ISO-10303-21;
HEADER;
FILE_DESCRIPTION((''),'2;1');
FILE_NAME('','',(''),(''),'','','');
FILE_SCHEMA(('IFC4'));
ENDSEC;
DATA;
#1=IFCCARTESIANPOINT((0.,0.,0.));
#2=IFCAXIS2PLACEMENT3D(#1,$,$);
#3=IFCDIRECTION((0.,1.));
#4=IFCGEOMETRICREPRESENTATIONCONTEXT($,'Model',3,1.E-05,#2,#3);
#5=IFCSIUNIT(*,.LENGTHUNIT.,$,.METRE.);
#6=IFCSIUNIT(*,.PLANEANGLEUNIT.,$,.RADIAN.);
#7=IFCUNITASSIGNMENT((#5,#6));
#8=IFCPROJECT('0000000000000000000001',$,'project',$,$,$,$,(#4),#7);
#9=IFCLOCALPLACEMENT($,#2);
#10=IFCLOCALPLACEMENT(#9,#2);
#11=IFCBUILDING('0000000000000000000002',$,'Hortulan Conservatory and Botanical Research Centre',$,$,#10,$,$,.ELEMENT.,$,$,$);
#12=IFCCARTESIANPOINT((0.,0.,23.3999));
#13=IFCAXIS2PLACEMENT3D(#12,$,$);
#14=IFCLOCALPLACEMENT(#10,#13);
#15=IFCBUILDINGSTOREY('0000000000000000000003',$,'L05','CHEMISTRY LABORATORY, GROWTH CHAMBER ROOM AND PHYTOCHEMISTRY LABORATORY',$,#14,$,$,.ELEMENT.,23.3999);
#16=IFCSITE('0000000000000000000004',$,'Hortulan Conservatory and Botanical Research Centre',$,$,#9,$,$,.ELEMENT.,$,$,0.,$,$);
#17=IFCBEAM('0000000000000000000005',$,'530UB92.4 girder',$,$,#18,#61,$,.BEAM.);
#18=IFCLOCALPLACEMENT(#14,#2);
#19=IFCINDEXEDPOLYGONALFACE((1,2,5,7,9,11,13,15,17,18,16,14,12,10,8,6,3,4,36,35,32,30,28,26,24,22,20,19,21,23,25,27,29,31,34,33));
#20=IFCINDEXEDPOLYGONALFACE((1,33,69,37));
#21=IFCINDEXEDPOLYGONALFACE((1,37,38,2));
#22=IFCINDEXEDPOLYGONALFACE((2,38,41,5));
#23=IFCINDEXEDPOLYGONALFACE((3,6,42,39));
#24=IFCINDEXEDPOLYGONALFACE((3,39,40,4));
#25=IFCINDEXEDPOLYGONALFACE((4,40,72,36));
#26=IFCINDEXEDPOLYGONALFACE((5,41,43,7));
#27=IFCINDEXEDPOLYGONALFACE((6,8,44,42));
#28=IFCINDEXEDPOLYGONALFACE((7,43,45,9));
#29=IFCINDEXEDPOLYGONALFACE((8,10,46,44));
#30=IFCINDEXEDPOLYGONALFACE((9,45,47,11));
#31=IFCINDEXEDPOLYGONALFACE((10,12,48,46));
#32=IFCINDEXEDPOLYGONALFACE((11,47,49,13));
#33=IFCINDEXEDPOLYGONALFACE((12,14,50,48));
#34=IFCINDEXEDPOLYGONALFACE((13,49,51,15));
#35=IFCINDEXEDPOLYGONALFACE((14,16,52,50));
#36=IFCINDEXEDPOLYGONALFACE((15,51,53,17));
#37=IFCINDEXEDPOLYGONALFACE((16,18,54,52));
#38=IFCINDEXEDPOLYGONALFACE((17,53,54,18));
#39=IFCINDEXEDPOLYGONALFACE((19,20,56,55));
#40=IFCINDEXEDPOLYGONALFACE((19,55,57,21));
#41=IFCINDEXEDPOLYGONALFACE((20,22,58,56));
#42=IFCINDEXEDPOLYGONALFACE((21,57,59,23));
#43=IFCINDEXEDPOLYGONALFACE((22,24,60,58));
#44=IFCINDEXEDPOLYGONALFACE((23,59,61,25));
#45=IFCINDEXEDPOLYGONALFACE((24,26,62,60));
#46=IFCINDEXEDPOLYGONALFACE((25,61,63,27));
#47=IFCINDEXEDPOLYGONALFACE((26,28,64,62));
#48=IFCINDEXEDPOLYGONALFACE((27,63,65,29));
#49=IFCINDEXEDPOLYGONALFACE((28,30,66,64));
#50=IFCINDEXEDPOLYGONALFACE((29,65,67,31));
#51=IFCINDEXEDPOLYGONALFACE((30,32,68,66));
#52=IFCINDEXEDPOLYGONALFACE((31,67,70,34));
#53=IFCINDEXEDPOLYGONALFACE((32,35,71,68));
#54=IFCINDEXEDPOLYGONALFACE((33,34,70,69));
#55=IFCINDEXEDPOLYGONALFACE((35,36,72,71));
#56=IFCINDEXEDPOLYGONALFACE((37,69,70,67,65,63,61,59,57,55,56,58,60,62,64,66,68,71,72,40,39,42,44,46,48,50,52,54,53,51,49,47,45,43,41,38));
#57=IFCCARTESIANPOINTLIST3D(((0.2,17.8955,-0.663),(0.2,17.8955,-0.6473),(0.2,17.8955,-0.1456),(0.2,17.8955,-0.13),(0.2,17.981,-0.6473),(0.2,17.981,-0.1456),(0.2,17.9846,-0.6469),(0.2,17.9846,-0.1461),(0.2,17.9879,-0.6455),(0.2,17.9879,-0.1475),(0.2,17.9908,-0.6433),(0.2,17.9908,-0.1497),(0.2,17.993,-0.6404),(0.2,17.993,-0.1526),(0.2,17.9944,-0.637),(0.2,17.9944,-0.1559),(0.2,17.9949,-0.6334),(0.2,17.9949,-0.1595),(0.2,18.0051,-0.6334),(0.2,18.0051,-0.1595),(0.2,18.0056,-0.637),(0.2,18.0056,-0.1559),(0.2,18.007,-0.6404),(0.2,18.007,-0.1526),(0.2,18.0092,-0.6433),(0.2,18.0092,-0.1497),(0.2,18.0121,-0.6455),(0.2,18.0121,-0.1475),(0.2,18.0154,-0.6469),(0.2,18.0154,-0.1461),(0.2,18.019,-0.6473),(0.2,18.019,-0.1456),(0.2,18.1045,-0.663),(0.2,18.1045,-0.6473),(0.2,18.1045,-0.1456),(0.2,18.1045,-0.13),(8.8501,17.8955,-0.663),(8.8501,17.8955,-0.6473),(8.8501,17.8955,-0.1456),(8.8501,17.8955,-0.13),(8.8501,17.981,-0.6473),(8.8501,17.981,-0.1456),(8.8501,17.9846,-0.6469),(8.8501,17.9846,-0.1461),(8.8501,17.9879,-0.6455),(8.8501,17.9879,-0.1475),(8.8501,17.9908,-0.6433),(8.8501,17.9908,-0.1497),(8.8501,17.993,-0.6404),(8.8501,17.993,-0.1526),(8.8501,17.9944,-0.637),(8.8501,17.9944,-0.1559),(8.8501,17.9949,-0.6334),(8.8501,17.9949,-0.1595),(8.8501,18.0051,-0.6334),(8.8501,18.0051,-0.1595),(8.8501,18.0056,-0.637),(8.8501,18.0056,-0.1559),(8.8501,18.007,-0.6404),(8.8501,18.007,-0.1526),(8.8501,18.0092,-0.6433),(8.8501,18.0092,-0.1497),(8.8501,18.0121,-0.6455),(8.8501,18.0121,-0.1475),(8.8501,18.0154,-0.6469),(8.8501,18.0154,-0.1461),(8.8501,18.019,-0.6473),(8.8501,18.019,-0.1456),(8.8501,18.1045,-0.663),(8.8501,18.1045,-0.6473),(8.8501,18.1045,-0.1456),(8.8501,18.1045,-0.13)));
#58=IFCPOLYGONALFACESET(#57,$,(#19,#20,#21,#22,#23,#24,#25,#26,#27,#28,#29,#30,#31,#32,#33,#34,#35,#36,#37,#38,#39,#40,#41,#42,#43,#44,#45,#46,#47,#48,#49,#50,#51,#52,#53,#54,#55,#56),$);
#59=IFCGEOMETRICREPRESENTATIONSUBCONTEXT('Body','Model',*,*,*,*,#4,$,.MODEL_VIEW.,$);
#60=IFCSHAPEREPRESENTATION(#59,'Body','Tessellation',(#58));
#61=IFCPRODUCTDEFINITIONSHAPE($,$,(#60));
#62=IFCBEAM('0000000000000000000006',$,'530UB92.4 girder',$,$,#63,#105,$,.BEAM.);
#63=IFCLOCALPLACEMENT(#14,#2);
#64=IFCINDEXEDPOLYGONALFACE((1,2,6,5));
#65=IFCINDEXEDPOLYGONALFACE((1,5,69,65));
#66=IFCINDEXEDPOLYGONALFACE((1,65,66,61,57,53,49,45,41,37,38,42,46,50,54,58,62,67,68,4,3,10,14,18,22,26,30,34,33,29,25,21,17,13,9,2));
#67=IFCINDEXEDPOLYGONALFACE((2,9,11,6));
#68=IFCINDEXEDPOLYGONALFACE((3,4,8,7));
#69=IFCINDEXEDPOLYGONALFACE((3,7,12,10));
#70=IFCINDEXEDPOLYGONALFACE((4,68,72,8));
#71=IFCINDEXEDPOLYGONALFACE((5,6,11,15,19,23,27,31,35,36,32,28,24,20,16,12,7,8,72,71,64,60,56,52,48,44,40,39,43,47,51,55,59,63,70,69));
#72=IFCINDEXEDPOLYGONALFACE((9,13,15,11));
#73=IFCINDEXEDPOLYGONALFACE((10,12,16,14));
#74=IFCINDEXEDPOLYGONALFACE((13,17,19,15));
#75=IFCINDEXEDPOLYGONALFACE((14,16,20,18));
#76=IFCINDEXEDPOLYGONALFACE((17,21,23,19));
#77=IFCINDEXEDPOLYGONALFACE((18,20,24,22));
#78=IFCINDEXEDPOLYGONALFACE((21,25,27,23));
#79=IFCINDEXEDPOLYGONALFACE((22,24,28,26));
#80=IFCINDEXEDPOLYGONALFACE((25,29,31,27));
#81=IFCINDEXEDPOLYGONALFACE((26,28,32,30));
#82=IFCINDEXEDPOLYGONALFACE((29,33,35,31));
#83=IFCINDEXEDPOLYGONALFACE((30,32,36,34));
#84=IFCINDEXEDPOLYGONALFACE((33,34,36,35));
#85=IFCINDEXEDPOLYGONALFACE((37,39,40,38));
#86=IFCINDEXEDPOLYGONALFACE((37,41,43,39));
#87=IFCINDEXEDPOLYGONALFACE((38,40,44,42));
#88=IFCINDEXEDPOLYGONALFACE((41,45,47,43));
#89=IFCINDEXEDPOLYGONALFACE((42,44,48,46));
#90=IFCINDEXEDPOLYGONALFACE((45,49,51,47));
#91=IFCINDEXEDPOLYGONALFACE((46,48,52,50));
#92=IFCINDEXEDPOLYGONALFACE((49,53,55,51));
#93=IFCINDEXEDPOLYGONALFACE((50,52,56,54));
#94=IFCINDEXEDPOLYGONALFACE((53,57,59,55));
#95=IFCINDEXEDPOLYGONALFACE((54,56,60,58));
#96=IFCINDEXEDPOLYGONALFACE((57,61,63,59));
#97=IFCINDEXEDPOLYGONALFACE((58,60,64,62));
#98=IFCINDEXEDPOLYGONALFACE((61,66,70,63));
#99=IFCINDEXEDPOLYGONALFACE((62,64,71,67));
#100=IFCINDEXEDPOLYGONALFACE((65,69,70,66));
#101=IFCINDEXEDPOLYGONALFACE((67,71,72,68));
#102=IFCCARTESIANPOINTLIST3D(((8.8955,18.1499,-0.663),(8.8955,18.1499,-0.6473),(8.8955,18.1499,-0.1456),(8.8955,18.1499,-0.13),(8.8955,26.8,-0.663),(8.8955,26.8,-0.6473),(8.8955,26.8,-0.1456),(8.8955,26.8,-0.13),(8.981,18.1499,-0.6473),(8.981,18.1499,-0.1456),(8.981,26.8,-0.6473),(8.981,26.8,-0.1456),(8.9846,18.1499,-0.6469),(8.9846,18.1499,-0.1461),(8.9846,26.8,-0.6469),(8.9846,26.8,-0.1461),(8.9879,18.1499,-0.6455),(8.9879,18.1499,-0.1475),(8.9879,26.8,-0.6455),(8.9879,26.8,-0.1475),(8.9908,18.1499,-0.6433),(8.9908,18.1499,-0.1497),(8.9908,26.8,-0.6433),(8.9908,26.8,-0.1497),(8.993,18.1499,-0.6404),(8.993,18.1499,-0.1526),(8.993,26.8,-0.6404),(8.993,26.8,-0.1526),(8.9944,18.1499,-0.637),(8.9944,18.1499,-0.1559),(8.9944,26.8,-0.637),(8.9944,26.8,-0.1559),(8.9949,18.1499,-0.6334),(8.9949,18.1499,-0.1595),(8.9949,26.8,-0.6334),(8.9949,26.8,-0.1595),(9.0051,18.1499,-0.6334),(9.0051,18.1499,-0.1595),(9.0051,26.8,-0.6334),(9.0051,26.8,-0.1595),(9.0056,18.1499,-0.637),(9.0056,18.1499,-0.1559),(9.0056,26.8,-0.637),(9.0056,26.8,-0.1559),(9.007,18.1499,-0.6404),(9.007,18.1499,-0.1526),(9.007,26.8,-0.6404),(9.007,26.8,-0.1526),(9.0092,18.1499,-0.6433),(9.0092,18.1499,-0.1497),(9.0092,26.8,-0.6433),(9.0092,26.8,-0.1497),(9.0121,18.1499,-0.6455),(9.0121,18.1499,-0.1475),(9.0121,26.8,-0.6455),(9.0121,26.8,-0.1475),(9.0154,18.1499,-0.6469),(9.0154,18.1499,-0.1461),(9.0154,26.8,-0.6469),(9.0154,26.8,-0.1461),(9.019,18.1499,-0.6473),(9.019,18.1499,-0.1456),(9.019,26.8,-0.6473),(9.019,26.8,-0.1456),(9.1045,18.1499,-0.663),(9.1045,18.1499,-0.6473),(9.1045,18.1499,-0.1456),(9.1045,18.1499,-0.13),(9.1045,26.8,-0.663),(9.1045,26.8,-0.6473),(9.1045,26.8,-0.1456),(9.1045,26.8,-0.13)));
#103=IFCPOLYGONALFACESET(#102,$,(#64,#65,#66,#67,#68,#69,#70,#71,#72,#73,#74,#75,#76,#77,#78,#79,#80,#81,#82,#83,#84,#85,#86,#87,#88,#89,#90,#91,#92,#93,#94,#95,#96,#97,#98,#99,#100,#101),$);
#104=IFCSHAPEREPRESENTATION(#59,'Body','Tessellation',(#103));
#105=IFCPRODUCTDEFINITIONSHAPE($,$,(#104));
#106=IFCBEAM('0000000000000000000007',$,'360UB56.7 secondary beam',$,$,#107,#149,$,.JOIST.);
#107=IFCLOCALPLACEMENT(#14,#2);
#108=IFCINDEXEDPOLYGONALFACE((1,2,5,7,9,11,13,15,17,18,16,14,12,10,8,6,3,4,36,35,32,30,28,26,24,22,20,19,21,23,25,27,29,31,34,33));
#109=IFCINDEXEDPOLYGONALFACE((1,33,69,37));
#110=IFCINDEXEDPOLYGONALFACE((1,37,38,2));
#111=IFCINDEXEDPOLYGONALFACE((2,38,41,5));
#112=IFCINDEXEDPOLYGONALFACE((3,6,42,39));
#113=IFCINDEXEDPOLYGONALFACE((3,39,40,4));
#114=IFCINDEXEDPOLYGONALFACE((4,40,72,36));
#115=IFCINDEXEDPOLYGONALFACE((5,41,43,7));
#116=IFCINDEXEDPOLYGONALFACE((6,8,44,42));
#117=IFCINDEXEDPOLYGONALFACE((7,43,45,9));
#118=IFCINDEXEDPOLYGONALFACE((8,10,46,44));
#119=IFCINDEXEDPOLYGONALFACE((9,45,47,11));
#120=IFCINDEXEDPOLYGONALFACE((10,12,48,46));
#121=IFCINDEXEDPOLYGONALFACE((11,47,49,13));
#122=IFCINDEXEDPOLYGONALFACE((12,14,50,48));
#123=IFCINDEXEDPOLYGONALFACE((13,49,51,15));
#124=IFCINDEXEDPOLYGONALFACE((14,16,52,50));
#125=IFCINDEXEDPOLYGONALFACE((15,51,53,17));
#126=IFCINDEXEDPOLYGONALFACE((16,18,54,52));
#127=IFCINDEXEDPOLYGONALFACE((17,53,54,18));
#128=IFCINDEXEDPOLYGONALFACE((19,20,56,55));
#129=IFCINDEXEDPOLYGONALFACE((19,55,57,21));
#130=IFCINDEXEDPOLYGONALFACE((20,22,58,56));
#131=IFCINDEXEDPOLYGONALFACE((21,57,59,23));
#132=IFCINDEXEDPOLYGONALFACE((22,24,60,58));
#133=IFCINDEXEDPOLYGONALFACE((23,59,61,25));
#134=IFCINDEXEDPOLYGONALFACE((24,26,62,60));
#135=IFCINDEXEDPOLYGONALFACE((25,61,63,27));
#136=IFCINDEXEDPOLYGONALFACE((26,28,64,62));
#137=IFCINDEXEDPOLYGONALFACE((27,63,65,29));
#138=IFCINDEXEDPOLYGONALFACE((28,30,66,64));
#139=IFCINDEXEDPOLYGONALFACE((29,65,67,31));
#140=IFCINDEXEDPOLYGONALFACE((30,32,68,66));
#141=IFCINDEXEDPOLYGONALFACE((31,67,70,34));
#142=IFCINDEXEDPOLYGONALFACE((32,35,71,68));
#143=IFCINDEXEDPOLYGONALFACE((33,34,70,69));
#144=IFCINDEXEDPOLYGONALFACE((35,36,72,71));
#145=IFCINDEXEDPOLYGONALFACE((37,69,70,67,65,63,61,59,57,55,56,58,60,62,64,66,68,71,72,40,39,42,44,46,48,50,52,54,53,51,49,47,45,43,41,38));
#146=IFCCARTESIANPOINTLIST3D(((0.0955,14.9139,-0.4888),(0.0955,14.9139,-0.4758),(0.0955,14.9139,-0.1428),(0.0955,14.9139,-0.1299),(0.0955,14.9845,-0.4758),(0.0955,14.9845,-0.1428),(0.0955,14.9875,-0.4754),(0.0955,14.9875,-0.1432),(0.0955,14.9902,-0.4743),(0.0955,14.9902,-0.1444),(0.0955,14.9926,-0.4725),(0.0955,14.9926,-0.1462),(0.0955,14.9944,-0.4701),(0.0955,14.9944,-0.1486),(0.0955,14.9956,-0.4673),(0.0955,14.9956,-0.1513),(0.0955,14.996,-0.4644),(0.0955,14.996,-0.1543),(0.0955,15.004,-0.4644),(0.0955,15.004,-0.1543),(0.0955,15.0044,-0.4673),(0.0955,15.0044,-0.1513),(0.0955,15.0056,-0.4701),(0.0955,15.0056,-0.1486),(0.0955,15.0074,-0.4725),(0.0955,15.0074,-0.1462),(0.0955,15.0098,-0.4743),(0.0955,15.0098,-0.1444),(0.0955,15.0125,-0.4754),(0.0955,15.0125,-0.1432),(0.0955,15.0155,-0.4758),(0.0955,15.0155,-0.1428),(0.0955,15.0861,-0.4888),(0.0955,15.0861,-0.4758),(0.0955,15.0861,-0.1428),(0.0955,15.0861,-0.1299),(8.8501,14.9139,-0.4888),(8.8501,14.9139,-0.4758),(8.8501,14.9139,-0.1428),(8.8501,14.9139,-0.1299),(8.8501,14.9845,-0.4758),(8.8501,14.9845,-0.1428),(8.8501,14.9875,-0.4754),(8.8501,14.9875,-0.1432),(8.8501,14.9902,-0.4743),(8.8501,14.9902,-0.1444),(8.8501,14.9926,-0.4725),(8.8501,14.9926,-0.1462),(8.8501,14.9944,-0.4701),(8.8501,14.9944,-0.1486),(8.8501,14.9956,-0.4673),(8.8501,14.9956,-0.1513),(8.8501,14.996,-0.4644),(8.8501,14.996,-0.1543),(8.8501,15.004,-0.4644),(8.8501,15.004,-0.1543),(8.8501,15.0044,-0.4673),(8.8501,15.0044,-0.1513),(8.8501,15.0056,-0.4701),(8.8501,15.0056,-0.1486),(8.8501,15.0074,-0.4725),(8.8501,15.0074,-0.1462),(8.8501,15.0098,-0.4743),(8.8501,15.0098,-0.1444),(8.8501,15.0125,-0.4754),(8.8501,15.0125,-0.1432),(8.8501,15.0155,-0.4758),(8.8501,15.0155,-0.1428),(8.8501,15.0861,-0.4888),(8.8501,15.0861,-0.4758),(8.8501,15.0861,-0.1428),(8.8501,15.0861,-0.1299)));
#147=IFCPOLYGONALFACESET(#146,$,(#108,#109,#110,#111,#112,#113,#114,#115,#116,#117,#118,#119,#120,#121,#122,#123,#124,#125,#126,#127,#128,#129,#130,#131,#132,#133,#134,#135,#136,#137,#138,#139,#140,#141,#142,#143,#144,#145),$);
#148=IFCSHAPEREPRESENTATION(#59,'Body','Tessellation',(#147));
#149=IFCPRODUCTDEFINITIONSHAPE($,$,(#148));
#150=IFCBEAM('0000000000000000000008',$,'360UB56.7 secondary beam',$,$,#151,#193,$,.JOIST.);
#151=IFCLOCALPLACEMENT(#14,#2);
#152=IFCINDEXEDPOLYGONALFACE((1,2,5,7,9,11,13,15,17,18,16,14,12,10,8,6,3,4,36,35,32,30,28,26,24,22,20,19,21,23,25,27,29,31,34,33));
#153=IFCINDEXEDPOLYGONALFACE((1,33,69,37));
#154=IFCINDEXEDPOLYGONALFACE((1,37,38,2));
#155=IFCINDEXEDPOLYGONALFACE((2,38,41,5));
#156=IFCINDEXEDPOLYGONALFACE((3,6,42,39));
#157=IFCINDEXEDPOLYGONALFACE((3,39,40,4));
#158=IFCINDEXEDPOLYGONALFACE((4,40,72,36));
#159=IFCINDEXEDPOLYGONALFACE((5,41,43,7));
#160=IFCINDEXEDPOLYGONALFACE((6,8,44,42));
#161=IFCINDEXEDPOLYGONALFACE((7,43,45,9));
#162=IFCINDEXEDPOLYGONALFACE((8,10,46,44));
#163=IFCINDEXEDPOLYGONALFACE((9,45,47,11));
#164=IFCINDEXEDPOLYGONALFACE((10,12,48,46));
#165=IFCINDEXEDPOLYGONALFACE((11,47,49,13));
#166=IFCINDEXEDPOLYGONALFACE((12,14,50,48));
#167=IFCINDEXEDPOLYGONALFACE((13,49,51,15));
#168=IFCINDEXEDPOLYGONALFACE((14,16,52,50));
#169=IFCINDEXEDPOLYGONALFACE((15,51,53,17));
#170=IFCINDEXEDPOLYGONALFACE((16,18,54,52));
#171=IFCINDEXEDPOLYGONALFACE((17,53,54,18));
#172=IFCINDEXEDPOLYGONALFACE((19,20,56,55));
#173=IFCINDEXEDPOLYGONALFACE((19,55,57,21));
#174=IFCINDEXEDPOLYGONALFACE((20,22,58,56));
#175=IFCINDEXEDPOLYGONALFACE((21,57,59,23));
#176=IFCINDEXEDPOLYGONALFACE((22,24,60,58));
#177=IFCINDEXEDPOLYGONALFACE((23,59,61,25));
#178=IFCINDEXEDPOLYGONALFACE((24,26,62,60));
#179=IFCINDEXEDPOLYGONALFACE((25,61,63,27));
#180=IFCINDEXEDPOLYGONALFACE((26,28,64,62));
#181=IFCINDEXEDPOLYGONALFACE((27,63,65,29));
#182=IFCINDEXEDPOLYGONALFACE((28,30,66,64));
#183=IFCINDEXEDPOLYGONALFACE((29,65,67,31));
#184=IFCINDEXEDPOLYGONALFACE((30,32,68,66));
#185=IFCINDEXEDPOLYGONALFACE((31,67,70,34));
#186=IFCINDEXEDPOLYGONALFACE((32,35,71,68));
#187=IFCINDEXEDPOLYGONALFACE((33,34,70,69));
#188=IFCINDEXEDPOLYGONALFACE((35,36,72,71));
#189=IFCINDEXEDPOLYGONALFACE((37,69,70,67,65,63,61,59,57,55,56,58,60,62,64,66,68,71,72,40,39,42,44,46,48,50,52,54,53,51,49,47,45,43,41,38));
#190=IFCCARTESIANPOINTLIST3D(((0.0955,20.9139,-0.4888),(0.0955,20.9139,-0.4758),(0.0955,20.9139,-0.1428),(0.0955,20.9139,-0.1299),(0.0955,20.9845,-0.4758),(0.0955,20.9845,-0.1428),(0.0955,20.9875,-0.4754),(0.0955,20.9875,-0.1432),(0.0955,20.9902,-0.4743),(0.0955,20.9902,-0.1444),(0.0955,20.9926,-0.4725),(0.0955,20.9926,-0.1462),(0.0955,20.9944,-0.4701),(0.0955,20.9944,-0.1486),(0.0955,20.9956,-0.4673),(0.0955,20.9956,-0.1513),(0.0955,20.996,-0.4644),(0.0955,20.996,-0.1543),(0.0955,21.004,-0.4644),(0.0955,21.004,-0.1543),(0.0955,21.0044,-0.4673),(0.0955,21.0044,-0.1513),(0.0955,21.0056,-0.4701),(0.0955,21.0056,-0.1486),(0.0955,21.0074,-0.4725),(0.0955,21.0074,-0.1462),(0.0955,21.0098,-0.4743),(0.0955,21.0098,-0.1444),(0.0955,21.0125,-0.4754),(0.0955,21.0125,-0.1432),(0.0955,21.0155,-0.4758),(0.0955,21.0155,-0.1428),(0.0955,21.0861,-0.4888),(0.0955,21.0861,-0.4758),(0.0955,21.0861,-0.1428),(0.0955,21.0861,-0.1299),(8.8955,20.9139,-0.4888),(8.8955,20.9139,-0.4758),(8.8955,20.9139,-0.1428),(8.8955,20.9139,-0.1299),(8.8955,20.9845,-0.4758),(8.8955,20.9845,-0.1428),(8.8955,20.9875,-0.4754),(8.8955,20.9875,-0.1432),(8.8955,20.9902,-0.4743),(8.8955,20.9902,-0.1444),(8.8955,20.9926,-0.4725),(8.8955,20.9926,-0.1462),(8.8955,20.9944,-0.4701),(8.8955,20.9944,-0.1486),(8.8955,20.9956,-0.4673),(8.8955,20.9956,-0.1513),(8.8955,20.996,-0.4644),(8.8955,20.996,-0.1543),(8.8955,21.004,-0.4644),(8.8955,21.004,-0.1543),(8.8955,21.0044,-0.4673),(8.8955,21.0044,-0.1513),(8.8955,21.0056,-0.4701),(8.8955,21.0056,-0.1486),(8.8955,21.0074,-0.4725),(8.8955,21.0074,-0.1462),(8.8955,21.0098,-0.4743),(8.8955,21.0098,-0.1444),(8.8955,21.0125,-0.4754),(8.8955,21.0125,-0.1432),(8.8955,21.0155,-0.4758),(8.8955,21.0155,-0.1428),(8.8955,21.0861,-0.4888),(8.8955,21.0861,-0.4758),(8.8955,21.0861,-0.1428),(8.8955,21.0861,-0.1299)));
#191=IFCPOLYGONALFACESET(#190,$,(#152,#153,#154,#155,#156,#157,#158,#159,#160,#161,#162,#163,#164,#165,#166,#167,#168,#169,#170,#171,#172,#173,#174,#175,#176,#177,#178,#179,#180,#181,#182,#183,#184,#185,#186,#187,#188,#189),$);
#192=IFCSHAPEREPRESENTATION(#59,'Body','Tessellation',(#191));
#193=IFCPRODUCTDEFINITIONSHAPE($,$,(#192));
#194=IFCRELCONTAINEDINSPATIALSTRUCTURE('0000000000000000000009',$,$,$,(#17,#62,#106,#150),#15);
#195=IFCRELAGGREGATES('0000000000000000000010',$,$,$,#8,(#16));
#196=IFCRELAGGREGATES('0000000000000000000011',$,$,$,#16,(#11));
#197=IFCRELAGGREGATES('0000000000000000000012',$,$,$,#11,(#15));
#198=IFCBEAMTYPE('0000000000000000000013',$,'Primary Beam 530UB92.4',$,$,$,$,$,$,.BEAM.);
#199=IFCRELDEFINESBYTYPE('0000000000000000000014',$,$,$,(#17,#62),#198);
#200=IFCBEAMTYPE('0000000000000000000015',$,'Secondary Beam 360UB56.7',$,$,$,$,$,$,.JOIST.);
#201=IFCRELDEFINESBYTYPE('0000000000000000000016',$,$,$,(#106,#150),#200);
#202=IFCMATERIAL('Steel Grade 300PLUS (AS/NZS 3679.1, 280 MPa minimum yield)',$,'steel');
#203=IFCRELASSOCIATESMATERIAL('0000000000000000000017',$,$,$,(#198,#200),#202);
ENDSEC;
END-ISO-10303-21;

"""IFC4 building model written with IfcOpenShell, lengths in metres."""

from ifc_helpers import new_model, si_unit, direction, frame, origin, origin_2d, place, context, subcontext, project, spatial, i_section, extrude, material, material_profile, profile_set, type_object, element, save


model = new_model("IFC4")

# Units and contexts
model_context = context("Model", 3, precision=1e-05, world=origin(), true_north=direction((0.0, 1.0)))
body_context = subcontext(model_context, "Body", "Model", "MODEL_VIEW")
ifc_project = project(units=[si_unit("LENGTHUNIT", "METRE"), si_unit("PLANEANGLEUNIT", "RADIAN")], contexts=[model_context])

# Site, building, storey
site_placement = place(None, origin())
site = spatial("IfcSite", under=ifc_project, at=site_placement, Name="Hortulan Conservatory and Botanical Research Centre", CompositionType="ELEMENT", RefElevation=0.0)
building_placement = place(site_placement, origin())
building = spatial("IfcBuilding", under=site, at=building_placement, Name="Hortulan Conservatory and Botanical Research Centre", CompositionType="ELEMENT")
storey_placement = place(building_placement, frame((0.0, 0.0, 23.3999)))
storey = spatial("IfcBuildingStorey", under=building, at=storey_placement, Name="L05", Description="CHEMISTRY LABORATORY, GROWTH CHAMBER ROOM AND PHYTOCHEMISTRY LABORATORY", CompositionType="ELEMENT", Elevation=23.3999)

# Shared definitions
ifc_material_1 = material(Name="Steel Grade 300PLUS (AS/NZS 3679.1, 280 MPa minimum yield)", Category="steel")

# Beams
ifc_material_profile_1 = material_profile(ifc_material_1, i_section(OverallWidth=0.209, OverallDepth=0.533, WebThickness=0.0103, FlangeThickness=0.0156, FilletRadius=0.0139, at=origin_2d()), Name="530UB92.4")
ifc_profile_set_1 = profile_set([ifc_material_profile_1], Name="Steel Grade 300PLUS (AS/NZS 3679.1, 280 MPa minimum yield)")
beam_type_1 = type_object("IfcBeamType", Name="Primary Beam 530UB92.4", PredefinedType="BEAM", material=ifc_profile_set_1)
for number, where, z_axis, x_axis, name in (
    (1, (0.2, 18.0, -0.3965), (1.0, 0.0, 0.0), (0.0, 1.0, 0.0), "530UB92.4 girder"),
    (2, (9.0, 18.1499, -0.3965), (0.0, 1.0, 0.0), (-1.0, 0.0, 0.0), "530UB92.4 girder"),
):
    element("IfcBeam", number, at=place(storey_placement, frame(where, z_axis=z_axis, x_axis=x_axis)), inside=storey, type_object=beam_type_1, Name=name, PredefinedType="BEAM", context=body_context, shape_type="SweptSolid", body=[
        extrude(i_section(OverallWidth=0.209, OverallDepth=0.533, WebThickness=0.0103, FlangeThickness=0.0156, FilletRadius=0.0139, at=origin_2d()), origin(), (0.0, 0.0, 1.0), 8.6501),
    ])
ifc_material_profile_2 = material_profile(ifc_material_1, i_section(OverallWidth=0.1721, OverallDepth=0.3589, WebThickness=0.0081, FlangeThickness=0.0129, FilletRadius=0.0115, at=origin_2d()), Name="360UB56.7")
ifc_profile_set_2 = profile_set([ifc_material_profile_2], Name="Steel Grade 300PLUS (AS/NZS 3679.1, 280 MPa minimum yield)")
beam_type_2 = type_object("IfcBeamType", Name="Secondary Beam 360UB56.7", PredefinedType="JOIST", material=ifc_profile_set_2)
beam_1_placement = place(storey_placement, frame((0.0955, 15.0, -0.3093), z_axis=(1.0, 0.0, 0.0), x_axis=(0.0, 1.0, 0.0)))
element("IfcBeam", 3, at=beam_1_placement, inside=storey, type_object=beam_type_2, Name="360UB56.7 secondary beam", PredefinedType="JOIST", context=body_context, shape_type="SweptSolid", body=[
    extrude(i_section(OverallWidth=0.1721, OverallDepth=0.3589, WebThickness=0.0081, FlangeThickness=0.0129, FilletRadius=0.0115, at=origin_2d()), origin(), (0.0, 0.0, 1.0), 8.7546),
])
beam_2_placement = place(storey_placement, frame((0.0955, 21.0, -0.3093), z_axis=(1.0, 0.0, 0.0), x_axis=(0.0, 1.0, 0.0)))
element("IfcBeam", 4, at=beam_2_placement, inside=storey, type_object=beam_type_2, Name="360UB56.7 secondary beam", PredefinedType="JOIST", context=body_context, shape_type="SweptSolid", body=[
    extrude(i_section(OverallWidth=0.1721, OverallDepth=0.3589, WebThickness=0.0081, FlangeThickness=0.0129, FilletRadius=0.0115, at=origin_2d()), origin(), (0.0, 0.0, 1.0), 8.8),
])

save(model, "model.ifc")
